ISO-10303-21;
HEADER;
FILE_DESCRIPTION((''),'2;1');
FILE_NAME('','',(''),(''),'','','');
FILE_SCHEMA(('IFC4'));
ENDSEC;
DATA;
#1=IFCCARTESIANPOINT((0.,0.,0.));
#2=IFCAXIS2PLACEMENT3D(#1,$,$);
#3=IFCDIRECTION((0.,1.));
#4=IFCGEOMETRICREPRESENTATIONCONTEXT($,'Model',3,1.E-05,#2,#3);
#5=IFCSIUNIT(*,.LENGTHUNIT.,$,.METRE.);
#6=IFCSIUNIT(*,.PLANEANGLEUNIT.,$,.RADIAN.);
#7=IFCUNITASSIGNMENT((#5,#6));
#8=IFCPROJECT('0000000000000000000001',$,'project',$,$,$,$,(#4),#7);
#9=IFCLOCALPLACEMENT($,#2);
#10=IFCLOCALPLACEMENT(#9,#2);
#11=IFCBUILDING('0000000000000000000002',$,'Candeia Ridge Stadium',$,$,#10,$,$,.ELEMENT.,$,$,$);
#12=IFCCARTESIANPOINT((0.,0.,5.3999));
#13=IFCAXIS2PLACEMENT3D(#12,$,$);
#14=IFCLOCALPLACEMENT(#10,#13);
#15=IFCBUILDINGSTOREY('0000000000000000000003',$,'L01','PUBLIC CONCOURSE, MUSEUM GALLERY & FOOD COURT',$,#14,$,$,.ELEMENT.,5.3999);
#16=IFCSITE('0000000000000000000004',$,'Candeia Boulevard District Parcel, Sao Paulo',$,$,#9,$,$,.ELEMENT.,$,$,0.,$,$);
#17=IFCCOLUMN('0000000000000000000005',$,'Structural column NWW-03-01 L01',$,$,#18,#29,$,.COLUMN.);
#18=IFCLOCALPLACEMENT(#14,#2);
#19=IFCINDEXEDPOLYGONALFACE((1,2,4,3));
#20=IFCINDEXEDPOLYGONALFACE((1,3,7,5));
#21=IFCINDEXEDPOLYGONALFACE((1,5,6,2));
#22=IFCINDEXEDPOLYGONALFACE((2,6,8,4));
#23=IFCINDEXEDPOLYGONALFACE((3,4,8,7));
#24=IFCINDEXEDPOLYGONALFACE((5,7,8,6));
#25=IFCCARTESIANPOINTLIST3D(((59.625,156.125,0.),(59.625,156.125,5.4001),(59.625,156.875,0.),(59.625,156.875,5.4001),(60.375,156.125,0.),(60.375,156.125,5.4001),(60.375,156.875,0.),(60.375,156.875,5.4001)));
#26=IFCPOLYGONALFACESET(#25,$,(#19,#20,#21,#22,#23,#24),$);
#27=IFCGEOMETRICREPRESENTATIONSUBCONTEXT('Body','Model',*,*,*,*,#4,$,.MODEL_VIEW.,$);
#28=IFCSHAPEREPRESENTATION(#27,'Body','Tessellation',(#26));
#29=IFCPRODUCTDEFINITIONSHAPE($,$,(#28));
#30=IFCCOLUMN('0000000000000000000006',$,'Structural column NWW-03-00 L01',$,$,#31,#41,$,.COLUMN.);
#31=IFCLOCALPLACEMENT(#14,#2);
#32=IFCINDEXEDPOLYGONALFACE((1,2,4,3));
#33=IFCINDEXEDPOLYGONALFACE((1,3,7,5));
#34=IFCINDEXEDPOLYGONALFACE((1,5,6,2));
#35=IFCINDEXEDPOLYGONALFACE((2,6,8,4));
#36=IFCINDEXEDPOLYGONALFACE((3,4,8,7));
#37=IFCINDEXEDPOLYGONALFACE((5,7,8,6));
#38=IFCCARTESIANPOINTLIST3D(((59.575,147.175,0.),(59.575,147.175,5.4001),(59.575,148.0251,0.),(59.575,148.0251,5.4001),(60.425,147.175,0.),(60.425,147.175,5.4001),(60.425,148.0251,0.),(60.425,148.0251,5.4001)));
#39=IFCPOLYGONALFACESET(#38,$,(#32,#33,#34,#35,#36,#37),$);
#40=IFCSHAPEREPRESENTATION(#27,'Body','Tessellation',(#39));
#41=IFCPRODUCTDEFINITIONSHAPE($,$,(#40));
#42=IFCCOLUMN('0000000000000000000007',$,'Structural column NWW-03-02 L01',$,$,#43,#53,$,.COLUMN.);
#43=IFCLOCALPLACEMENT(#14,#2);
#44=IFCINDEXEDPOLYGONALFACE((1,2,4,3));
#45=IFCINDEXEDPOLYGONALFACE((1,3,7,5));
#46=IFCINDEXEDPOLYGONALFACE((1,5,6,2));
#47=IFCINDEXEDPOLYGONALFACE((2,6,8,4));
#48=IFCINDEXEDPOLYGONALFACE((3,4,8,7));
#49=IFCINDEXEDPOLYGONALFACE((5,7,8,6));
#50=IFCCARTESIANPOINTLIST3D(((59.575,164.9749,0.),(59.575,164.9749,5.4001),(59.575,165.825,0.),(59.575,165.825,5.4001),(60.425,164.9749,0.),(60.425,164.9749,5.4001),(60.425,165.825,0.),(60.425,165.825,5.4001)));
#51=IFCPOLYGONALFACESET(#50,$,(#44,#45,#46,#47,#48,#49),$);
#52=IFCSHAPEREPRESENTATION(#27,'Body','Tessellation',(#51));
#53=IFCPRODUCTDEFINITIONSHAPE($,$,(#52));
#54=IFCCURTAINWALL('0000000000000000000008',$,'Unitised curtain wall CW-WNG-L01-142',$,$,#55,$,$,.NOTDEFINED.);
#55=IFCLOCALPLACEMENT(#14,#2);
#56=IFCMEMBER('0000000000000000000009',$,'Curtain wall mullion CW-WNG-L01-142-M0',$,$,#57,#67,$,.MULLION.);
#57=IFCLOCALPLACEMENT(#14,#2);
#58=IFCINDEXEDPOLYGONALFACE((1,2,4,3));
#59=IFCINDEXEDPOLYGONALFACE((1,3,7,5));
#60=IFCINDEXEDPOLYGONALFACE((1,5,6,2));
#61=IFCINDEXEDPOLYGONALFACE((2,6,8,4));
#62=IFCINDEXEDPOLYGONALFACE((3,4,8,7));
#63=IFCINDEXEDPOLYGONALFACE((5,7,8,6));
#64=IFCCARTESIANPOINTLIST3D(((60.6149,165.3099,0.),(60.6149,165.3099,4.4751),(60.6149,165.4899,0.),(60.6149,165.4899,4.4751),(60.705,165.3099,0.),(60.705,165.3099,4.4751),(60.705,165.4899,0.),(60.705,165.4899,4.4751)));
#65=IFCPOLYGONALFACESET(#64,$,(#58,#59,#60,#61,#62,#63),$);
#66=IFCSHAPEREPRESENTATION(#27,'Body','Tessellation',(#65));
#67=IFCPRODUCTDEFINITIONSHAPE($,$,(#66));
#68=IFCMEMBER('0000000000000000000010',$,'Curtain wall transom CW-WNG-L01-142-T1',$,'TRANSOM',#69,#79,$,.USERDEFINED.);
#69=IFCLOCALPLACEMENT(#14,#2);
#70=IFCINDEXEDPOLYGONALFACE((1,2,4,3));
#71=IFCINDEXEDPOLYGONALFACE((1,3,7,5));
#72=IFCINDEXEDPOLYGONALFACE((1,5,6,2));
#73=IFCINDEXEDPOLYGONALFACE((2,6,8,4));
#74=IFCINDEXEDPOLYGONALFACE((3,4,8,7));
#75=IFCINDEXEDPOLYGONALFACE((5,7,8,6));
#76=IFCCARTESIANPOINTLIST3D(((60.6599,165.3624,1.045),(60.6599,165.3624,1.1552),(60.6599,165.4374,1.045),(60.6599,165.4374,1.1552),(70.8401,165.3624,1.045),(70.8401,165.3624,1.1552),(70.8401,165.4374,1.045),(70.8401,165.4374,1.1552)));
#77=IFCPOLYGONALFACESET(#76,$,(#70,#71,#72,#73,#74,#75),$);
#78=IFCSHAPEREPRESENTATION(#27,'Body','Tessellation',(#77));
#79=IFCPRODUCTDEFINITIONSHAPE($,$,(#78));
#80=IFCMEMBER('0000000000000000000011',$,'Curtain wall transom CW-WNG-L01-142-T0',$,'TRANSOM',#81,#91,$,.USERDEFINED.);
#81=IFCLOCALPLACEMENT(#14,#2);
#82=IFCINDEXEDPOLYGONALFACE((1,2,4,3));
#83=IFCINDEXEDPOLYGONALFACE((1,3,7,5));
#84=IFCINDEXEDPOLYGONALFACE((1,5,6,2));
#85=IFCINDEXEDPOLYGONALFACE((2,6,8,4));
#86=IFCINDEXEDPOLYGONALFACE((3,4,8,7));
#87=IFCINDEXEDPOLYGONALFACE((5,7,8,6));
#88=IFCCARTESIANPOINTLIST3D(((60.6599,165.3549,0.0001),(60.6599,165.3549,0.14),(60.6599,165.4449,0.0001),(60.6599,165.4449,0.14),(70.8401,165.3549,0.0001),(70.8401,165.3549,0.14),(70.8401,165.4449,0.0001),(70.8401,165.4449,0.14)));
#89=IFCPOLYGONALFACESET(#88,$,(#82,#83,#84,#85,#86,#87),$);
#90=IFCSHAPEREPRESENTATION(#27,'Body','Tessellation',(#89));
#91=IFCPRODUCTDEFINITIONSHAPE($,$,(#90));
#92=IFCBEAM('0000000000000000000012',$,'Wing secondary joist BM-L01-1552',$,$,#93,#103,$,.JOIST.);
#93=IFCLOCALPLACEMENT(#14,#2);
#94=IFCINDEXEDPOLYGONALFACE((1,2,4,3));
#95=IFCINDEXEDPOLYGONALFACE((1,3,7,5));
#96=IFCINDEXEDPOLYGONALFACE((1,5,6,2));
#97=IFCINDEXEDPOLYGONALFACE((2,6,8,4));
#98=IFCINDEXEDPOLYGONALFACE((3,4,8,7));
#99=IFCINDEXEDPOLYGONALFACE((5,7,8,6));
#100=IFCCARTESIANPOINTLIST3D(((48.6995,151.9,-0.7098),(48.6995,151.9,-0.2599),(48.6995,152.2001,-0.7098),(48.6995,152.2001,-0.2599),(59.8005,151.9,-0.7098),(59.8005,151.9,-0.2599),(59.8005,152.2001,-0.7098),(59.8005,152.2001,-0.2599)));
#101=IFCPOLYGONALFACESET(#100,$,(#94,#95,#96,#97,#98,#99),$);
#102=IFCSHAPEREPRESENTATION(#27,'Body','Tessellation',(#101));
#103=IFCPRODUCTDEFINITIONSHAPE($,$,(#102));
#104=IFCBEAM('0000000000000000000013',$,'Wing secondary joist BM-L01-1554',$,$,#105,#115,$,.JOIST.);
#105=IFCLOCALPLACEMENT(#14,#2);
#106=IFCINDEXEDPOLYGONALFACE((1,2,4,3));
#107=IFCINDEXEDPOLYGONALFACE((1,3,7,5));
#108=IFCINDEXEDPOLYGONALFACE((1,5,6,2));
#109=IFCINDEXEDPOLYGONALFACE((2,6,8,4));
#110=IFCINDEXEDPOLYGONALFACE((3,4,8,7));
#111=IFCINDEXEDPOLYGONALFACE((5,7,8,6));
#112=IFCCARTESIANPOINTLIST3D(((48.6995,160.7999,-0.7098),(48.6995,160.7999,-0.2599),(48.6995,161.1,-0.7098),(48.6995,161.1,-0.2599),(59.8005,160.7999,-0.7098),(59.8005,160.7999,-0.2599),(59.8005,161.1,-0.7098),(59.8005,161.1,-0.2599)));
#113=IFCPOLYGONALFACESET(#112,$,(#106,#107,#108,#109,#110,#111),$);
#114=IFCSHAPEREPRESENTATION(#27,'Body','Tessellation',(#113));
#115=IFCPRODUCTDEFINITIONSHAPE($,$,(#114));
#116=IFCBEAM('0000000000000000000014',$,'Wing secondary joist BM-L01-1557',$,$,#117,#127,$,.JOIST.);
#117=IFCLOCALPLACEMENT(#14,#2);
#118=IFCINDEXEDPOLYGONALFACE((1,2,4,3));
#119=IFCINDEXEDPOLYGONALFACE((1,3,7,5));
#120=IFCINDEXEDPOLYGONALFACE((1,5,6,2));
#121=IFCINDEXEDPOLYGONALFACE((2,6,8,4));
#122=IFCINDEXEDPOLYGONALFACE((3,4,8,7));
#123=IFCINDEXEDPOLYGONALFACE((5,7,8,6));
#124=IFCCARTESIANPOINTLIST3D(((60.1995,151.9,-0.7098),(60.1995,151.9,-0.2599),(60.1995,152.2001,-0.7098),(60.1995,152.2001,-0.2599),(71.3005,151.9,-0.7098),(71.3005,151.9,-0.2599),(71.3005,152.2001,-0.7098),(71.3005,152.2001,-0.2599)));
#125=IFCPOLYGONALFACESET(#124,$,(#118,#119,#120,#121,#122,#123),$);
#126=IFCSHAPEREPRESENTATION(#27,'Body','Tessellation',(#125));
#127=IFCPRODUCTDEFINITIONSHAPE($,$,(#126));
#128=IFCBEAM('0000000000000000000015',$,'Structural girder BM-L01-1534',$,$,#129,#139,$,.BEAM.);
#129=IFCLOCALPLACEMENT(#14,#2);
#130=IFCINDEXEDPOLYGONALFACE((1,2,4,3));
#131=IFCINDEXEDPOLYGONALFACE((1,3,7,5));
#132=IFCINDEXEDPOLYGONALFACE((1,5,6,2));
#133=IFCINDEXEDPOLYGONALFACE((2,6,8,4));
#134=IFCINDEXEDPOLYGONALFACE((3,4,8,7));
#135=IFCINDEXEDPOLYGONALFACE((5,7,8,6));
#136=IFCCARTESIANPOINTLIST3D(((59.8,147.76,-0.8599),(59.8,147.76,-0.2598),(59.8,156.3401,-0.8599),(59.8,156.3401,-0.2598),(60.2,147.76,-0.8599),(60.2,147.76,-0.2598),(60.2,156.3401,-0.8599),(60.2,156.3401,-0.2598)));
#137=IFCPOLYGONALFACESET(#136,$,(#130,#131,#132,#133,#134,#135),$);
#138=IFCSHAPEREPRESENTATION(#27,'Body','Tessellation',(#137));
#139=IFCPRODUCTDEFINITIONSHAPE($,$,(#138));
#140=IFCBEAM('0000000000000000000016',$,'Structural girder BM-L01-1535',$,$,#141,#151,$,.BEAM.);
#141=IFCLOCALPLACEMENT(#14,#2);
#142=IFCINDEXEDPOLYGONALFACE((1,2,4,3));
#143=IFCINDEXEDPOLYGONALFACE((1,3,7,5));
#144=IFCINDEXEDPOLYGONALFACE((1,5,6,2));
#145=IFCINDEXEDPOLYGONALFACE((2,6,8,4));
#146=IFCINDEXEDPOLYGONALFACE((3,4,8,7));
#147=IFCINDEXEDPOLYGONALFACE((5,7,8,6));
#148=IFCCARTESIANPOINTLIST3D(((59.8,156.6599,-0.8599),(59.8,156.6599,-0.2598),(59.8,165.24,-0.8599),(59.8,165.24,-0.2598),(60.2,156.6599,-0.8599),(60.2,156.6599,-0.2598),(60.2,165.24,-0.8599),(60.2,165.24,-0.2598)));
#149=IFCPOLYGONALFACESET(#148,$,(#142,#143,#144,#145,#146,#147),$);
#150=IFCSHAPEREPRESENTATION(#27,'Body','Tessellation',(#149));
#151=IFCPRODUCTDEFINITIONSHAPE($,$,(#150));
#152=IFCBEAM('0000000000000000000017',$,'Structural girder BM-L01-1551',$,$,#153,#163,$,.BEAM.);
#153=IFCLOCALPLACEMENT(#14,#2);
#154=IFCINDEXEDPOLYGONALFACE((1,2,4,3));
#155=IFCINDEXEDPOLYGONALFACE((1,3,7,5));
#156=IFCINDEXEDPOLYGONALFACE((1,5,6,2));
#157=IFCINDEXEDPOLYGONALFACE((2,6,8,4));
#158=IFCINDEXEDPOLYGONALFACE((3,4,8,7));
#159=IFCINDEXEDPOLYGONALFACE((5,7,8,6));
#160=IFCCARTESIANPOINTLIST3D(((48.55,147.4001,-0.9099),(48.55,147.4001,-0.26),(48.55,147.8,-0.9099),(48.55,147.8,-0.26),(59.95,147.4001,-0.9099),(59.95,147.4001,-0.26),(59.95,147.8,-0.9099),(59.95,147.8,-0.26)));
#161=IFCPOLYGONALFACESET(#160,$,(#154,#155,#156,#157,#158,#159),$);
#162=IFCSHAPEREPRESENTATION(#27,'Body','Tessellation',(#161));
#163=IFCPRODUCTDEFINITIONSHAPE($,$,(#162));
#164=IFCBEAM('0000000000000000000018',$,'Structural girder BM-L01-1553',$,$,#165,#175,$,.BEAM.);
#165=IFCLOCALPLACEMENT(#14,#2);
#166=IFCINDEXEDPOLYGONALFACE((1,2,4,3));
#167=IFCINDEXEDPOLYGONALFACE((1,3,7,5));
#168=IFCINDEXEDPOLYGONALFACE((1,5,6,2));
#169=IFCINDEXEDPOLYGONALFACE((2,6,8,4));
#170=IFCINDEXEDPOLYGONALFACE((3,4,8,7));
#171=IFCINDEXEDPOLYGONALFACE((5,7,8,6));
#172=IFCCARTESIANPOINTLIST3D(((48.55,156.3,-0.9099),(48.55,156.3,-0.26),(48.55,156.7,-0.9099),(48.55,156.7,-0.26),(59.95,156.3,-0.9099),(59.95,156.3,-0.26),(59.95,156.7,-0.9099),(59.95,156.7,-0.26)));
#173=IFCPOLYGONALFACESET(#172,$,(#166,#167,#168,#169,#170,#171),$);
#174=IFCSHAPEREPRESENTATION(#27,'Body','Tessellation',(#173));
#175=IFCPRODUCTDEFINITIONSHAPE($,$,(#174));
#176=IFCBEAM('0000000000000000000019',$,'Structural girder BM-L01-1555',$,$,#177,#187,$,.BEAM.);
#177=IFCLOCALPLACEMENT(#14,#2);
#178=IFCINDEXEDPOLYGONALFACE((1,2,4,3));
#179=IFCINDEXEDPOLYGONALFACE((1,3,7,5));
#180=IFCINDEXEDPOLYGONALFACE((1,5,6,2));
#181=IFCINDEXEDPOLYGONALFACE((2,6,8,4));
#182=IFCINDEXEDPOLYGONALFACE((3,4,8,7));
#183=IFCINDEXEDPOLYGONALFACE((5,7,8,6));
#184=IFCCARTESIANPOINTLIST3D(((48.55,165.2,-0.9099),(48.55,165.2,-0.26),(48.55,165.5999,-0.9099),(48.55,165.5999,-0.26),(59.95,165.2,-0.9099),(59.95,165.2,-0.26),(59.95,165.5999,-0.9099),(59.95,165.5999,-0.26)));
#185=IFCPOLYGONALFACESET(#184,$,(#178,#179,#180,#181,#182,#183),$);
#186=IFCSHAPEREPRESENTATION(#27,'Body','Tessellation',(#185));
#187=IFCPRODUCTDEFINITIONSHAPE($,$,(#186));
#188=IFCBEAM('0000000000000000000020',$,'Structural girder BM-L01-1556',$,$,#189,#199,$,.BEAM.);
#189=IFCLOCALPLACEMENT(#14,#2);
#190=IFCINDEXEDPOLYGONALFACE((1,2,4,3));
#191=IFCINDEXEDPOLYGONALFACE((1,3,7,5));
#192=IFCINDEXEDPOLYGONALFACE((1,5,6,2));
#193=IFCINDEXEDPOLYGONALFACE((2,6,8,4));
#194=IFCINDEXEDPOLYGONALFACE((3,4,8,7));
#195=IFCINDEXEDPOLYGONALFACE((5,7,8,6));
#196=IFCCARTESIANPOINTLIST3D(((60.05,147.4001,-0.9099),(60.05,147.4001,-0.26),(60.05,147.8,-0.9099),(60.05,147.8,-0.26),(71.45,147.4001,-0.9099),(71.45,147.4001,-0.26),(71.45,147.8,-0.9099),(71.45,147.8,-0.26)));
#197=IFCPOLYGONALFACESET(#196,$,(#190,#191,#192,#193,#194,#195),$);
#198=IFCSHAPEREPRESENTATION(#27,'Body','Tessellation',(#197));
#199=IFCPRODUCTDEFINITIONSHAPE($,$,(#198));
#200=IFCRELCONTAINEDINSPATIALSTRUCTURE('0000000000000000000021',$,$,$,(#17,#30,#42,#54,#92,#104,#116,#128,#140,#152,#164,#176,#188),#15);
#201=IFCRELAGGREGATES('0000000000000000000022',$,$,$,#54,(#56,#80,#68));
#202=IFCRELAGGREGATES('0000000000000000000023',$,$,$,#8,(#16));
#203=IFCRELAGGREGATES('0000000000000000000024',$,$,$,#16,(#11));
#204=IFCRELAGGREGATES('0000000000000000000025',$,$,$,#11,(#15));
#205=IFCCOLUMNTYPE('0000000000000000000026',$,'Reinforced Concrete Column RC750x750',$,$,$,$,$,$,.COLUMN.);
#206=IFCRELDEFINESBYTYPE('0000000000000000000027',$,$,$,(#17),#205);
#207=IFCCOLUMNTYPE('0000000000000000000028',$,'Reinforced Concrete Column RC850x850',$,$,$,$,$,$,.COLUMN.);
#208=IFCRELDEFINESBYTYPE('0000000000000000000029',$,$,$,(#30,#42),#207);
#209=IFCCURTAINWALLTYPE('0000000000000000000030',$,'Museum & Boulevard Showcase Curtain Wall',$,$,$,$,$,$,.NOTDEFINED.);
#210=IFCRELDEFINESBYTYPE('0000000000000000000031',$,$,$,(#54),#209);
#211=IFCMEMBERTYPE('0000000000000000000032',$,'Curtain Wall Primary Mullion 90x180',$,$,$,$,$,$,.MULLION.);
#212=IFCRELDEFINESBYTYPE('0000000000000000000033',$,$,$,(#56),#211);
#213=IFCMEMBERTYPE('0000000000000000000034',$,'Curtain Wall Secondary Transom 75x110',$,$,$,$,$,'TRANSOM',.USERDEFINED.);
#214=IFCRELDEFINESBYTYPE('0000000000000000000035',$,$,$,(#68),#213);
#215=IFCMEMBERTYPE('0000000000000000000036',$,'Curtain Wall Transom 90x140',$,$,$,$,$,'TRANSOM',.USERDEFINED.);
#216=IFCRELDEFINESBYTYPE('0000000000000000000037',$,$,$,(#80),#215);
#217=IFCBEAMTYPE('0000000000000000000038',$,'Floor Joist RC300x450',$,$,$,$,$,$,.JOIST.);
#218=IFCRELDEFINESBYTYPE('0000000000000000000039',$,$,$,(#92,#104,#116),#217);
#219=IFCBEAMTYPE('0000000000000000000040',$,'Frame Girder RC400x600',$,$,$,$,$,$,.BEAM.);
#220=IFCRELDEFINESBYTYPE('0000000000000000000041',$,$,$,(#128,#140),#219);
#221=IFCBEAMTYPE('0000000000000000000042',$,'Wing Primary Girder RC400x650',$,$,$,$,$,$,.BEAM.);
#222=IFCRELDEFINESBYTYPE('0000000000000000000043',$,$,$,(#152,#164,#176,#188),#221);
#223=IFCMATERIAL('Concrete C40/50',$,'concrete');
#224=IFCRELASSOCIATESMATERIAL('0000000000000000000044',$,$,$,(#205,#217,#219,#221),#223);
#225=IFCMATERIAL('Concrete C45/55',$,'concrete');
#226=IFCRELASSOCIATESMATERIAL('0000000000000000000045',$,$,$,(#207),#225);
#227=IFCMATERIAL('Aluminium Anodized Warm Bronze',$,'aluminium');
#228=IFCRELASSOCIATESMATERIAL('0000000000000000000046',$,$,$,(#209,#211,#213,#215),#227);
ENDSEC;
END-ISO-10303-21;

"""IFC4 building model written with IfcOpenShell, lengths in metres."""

from ifc_helpers import new_model, si_unit, direction, frame, origin, origin_2d, place, context, subcontext, project, spatial, rectangle, extrude, material, material_profile, profile_set, type_object, element, aggregate, save


model = new_model("IFC4")

# Units and contexts
model_context = context("Model", 3, precision=1e-05, world=origin(), true_north=direction((0.0, 1.0)))
body_context = subcontext(model_context, "Body", "Model", "MODEL_VIEW")
ifc_project = project(units=[si_unit("LENGTHUNIT", "METRE"), si_unit("PLANEANGLEUNIT", "RADIAN")], contexts=[model_context])

# Site, building, storey
site_placement = place(None, origin())
site = spatial("IfcSite", under=ifc_project, at=site_placement, Name="Candeia Boulevard District Parcel, Sao Paulo", CompositionType="ELEMENT", RefElevation=0.0)
building_placement = place(site_placement, origin())
building = spatial("IfcBuilding", under=site, at=building_placement, Name="Candeia Ridge Stadium", CompositionType="ELEMENT")
storey_placement = place(building_placement, frame((0.0, 0.0, 5.3999)))
storey = spatial("IfcBuildingStorey", under=building, at=storey_placement, Name="L01", Description="PUBLIC CONCOURSE, MUSEUM GALLERY & FOOD COURT", CompositionType="ELEMENT", Elevation=5.3999)

# Columns
ifc_material_1 = material(Name="Concrete C40/50", Category="concrete")
ifc_material_profile_1 = material_profile(ifc_material_1, rectangle(XDim=0.75, YDim=0.75, at=origin_2d()), Name="RC750x750", Category="concrete")
ifc_profile_set_1 = profile_set([ifc_material_profile_1], Name="Concrete C40/50")
column_type_1 = type_object("IfcColumnType", Name="Reinforced Concrete Column RC750x750", PredefinedType="COLUMN", material=ifc_profile_set_1)
column_placement = place(storey_placement, frame((60.0, 156.5, 0.0), z_axis=(0.0, 0.0, 1.0), x_axis=(1.0, 0.0, 0.0)))
element("IfcColumn", 1, at=column_placement, inside=storey, type_object=column_type_1, Name="Structural column NWW-03-01 L01", PredefinedType="COLUMN", context=body_context, shape_type="SweptSolid", body=[
    extrude(rectangle(XDim=0.75, YDim=0.75, at=origin_2d()), origin(), (0.0, 0.0, 1.0), 5.4001),
])
ifc_material_2 = material(Name="Concrete C45/55", Category="concrete")
ifc_material_profile_2 = material_profile(ifc_material_2, rectangle(XDim=0.8501, YDim=0.8501, at=origin_2d()), Name="RC850x850", Category="concrete")
ifc_profile_set_2 = profile_set([ifc_material_profile_2], Name="Concrete C45/55")
column_type_2 = type_object("IfcColumnType", Name="Reinforced Concrete Column RC850x850", PredefinedType="COLUMN", material=ifc_profile_set_2)
for number, where, z_axis, x_axis, name in (
    (2, (60.0, 147.6001, 0.0), (0.0, 0.0, 1.0), (1.0, 0.0, 0.0), "Structural column NWW-03-00 L01"),
    (3, (60.0, 165.3999, 0.0), (0.0, 0.0, 1.0), (1.0, 0.0, 0.0), "Structural column NWW-03-02 L01"),
):
    element("IfcColumn", number, at=place(storey_placement, frame(where, z_axis=z_axis, x_axis=x_axis)), inside=storey, type_object=column_type_2, Name=name, PredefinedType="COLUMN", context=body_context, shape_type="SweptSolid", body=[
        extrude(rectangle(XDim=0.8501, YDim=0.8501, at=origin_2d()), origin(), (0.0, 0.0, 1.0), 5.4001),
    ])

# Curtain wall, members
ifc_material_3 = material(Name="Aluminium Anodized Warm Bronze", Category="aluminium")
curtain_wall_type = type_object("IfcCurtainWallType", Name="Museum & Boulevard Showcase Curtain Wall", PredefinedType="NOTDEFINED", material=ifc_material_3)
curtain_wall_placement = place(storey_placement, origin())
curtain_wall = element("IfcCurtainWall", 4, at=curtain_wall_placement, inside=storey, type_object=curtain_wall_type, Name="Unitised curtain wall CW-WNG-L01-142", PredefinedType="NOTDEFINED")
ifc_material_profile_3 = material_profile(ifc_material_3, rectangle(XDim=0.0901, YDim=0.1799, at=origin_2d()), Name="CWM-90x180", Category="aluminium")
ifc_profile_set_3 = profile_set([ifc_material_profile_3], Name="Aluminium Anodized Warm Bronze")
member_type_1 = type_object("IfcMemberType", Name="Curtain Wall Primary Mullion 90x180", PredefinedType="MULLION", material=ifc_profile_set_3)
member_1_placement = place(storey_placement, frame((60.6599, 165.3999, 0.0), z_axis=(0.0, 0.0, 1.0), x_axis=(1.0, 0.0, 0.0)))
member_1 = element("IfcMember", 5, at=member_1_placement, type_object=member_type_1, Name="Curtain wall mullion CW-WNG-L01-142-M0", PredefinedType="MULLION", context=body_context, shape_type="SweptSolid", body=[
    extrude(rectangle(XDim=0.0901, YDim=0.1799, at=origin_2d()), origin(), (0.0, 0.0, 1.0), 4.4751),
])
ifc_material_profile_4 = material_profile(ifc_material_3, rectangle(XDim=0.075, YDim=0.1101, at=origin_2d()), Name="CWT-75x110", Category="aluminium")
ifc_profile_set_4 = profile_set([ifc_material_profile_4], Name="Aluminium Anodized Warm Bronze")
member_type_2 = type_object("IfcMemberType", Name="Curtain Wall Secondary Transom 75x110", ElementType="TRANSOM", PredefinedType="USERDEFINED", material=ifc_profile_set_4)
member_2_placement = place(storey_placement, frame((60.6599, 165.3999, 1.1001), z_axis=(1.0, 0.0, 0.0), x_axis=(0.0, 1.0, 0.0)))
member_2 = element("IfcMember", 6, at=member_2_placement, type_object=member_type_2, Name="Curtain wall transom CW-WNG-L01-142-T1", ObjectType="TRANSOM", PredefinedType="USERDEFINED", context=body_context, shape_type="SweptSolid", body=[
    extrude(rectangle(XDim=0.075, YDim=0.1101, at=origin_2d()), origin(), (0.0, 0.0, 1.0), 10.1802),
])
ifc_material_profile_5 = material_profile(ifc_material_3, rectangle(XDim=0.0901, YDim=0.1399, at=origin_2d()), Name="CWT-90x140", Category="aluminium")
ifc_profile_set_5 = profile_set([ifc_material_profile_5], Name="Aluminium Anodized Warm Bronze")
member_type_3 = type_object("IfcMemberType", Name="Curtain Wall Transom 90x140", ElementType="TRANSOM", PredefinedType="USERDEFINED", material=ifc_profile_set_5)
member_3_placement = place(storey_placement, frame((60.6599, 165.3999, 0.0701), z_axis=(1.0, 0.0, 0.0), x_axis=(0.0, 1.0, 0.0)))
member_3 = element("IfcMember", 7, at=member_3_placement, type_object=member_type_3, Name="Curtain wall transom CW-WNG-L01-142-T0", ObjectType="TRANSOM", PredefinedType="USERDEFINED", context=body_context, shape_type="SweptSolid", body=[
    extrude(rectangle(XDim=0.0901, YDim=0.1399, at=origin_2d()), origin(), (0.0, 0.0, 1.0), 10.1802),
])
aggregate(curtain_wall, [member_1, member_3, member_2])

# Beams
ifc_material_profile_6 = material_profile(ifc_material_1, rectangle(XDim=0.3, YDim=0.45, at=origin_2d()), Name="RC300x450", Category="concrete")
ifc_profile_set_6 = profile_set([ifc_material_profile_6], Name="Concrete C40/50")
beam_type_1 = type_object("IfcBeamType", Name="Floor Joist RC300x450", PredefinedType="JOIST", material=ifc_profile_set_6)
for number, where, z_axis, x_axis, name in (
    (8, (48.6995, 152.05, -0.4849), (1.0, 0.0, 0.0), (0.0, 1.0, 0.0), "Wing secondary joist BM-L01-1552"),
    (9, (48.6995, 160.95, -0.4849), (1.0, 0.0, 0.0), (0.0, 1.0, 0.0), "Wing secondary joist BM-L01-1554"),
    (10, (60.1995, 152.05, -0.4849), (1.0, 0.0, 0.0), (0.0, 1.0, 0.0), "Wing secondary joist BM-L01-1557"),
):
    element("IfcBeam", number, at=place(storey_placement, frame(where, z_axis=z_axis, x_axis=x_axis)), inside=storey, type_object=beam_type_1, Name=name, PredefinedType="JOIST", context=body_context, shape_type="SweptSolid", body=[
        extrude(rectangle(XDim=0.3, YDim=0.45, at=origin_2d()), origin(), (0.0, 0.0, 1.0), 11.1011),
    ])
ifc_material_profile_7 = material_profile(ifc_material_1, rectangle(XDim=0.3999, YDim=0.6001, at=origin_2d()), Name="RC400x600", Category="concrete")
ifc_profile_set_7 = profile_set([ifc_material_profile_7], Name="Concrete C40/50")
beam_type_2 = type_object("IfcBeamType", Name="Frame Girder RC400x600", PredefinedType="BEAM", material=ifc_profile_set_7)
for number, where, z_axis, x_axis, name in (
    (11, (60.0, 147.76, -0.5598), (0.0, 1.0, 0.0), (-1.0, 0.0, 0.0), "Structural girder BM-L01-1534"),
    (12, (60.0, 156.6599, -0.5598), (0.0, 1.0, 0.0), (-1.0, 0.0, 0.0), "Structural girder BM-L01-1535"),
):
    element("IfcBeam", number, at=place(storey_placement, frame(where, z_axis=z_axis, x_axis=x_axis)), inside=storey, type_object=beam_type_2, Name=name, PredefinedType="BEAM", context=body_context, shape_type="SweptSolid", body=[
        extrude(rectangle(XDim=0.3999, YDim=0.6001, at=origin_2d()), origin(), (0.0, 0.0, 1.0), 8.5801),
    ])
ifc_material_profile_8 = material_profile(ifc_material_1, rectangle(XDim=0.3999, YDim=0.6499, at=origin_2d()), Name="RC400x650", Category="concrete")
ifc_profile_set_8 = profile_set([ifc_material_profile_8], Name="Concrete C40/50")
beam_type_3 = type_object("IfcBeamType", Name="Wing Primary Girder RC400x650", PredefinedType="BEAM", material=ifc_profile_set_8)
for number, where, z_axis, x_axis, name in (
    (13, (48.55, 147.6001, -0.585), (1.0, 0.0, 0.0), (0.0, 1.0, 0.0), "Structural girder BM-L01-1551"),
    (14, (48.55, 156.5, -0.585), (1.0, 0.0, 0.0), (0.0, 1.0, 0.0), "Structural girder BM-L01-1553"),
    (15, (48.55, 165.3999, -0.585), (1.0, 0.0, 0.0), (0.0, 1.0, 0.0), "Structural girder BM-L01-1555"),
    (16, (60.05, 147.6001, -0.585), (1.0, 0.0, 0.0), (0.0, 1.0, 0.0), "Structural girder BM-L01-1556"),
):
    element("IfcBeam", number, at=place(storey_placement, frame(where, z_axis=z_axis, x_axis=x_axis)), inside=storey, type_object=beam_type_3, Name=name, PredefinedType="BEAM", context=body_context, shape_type="SweptSolid", body=[
        extrude(rectangle(XDim=0.3999, YDim=0.6499, at=origin_2d()), origin(), (0.0, 0.0, 1.0), 11.3999),
    ])

save(model, "model.ifc")
